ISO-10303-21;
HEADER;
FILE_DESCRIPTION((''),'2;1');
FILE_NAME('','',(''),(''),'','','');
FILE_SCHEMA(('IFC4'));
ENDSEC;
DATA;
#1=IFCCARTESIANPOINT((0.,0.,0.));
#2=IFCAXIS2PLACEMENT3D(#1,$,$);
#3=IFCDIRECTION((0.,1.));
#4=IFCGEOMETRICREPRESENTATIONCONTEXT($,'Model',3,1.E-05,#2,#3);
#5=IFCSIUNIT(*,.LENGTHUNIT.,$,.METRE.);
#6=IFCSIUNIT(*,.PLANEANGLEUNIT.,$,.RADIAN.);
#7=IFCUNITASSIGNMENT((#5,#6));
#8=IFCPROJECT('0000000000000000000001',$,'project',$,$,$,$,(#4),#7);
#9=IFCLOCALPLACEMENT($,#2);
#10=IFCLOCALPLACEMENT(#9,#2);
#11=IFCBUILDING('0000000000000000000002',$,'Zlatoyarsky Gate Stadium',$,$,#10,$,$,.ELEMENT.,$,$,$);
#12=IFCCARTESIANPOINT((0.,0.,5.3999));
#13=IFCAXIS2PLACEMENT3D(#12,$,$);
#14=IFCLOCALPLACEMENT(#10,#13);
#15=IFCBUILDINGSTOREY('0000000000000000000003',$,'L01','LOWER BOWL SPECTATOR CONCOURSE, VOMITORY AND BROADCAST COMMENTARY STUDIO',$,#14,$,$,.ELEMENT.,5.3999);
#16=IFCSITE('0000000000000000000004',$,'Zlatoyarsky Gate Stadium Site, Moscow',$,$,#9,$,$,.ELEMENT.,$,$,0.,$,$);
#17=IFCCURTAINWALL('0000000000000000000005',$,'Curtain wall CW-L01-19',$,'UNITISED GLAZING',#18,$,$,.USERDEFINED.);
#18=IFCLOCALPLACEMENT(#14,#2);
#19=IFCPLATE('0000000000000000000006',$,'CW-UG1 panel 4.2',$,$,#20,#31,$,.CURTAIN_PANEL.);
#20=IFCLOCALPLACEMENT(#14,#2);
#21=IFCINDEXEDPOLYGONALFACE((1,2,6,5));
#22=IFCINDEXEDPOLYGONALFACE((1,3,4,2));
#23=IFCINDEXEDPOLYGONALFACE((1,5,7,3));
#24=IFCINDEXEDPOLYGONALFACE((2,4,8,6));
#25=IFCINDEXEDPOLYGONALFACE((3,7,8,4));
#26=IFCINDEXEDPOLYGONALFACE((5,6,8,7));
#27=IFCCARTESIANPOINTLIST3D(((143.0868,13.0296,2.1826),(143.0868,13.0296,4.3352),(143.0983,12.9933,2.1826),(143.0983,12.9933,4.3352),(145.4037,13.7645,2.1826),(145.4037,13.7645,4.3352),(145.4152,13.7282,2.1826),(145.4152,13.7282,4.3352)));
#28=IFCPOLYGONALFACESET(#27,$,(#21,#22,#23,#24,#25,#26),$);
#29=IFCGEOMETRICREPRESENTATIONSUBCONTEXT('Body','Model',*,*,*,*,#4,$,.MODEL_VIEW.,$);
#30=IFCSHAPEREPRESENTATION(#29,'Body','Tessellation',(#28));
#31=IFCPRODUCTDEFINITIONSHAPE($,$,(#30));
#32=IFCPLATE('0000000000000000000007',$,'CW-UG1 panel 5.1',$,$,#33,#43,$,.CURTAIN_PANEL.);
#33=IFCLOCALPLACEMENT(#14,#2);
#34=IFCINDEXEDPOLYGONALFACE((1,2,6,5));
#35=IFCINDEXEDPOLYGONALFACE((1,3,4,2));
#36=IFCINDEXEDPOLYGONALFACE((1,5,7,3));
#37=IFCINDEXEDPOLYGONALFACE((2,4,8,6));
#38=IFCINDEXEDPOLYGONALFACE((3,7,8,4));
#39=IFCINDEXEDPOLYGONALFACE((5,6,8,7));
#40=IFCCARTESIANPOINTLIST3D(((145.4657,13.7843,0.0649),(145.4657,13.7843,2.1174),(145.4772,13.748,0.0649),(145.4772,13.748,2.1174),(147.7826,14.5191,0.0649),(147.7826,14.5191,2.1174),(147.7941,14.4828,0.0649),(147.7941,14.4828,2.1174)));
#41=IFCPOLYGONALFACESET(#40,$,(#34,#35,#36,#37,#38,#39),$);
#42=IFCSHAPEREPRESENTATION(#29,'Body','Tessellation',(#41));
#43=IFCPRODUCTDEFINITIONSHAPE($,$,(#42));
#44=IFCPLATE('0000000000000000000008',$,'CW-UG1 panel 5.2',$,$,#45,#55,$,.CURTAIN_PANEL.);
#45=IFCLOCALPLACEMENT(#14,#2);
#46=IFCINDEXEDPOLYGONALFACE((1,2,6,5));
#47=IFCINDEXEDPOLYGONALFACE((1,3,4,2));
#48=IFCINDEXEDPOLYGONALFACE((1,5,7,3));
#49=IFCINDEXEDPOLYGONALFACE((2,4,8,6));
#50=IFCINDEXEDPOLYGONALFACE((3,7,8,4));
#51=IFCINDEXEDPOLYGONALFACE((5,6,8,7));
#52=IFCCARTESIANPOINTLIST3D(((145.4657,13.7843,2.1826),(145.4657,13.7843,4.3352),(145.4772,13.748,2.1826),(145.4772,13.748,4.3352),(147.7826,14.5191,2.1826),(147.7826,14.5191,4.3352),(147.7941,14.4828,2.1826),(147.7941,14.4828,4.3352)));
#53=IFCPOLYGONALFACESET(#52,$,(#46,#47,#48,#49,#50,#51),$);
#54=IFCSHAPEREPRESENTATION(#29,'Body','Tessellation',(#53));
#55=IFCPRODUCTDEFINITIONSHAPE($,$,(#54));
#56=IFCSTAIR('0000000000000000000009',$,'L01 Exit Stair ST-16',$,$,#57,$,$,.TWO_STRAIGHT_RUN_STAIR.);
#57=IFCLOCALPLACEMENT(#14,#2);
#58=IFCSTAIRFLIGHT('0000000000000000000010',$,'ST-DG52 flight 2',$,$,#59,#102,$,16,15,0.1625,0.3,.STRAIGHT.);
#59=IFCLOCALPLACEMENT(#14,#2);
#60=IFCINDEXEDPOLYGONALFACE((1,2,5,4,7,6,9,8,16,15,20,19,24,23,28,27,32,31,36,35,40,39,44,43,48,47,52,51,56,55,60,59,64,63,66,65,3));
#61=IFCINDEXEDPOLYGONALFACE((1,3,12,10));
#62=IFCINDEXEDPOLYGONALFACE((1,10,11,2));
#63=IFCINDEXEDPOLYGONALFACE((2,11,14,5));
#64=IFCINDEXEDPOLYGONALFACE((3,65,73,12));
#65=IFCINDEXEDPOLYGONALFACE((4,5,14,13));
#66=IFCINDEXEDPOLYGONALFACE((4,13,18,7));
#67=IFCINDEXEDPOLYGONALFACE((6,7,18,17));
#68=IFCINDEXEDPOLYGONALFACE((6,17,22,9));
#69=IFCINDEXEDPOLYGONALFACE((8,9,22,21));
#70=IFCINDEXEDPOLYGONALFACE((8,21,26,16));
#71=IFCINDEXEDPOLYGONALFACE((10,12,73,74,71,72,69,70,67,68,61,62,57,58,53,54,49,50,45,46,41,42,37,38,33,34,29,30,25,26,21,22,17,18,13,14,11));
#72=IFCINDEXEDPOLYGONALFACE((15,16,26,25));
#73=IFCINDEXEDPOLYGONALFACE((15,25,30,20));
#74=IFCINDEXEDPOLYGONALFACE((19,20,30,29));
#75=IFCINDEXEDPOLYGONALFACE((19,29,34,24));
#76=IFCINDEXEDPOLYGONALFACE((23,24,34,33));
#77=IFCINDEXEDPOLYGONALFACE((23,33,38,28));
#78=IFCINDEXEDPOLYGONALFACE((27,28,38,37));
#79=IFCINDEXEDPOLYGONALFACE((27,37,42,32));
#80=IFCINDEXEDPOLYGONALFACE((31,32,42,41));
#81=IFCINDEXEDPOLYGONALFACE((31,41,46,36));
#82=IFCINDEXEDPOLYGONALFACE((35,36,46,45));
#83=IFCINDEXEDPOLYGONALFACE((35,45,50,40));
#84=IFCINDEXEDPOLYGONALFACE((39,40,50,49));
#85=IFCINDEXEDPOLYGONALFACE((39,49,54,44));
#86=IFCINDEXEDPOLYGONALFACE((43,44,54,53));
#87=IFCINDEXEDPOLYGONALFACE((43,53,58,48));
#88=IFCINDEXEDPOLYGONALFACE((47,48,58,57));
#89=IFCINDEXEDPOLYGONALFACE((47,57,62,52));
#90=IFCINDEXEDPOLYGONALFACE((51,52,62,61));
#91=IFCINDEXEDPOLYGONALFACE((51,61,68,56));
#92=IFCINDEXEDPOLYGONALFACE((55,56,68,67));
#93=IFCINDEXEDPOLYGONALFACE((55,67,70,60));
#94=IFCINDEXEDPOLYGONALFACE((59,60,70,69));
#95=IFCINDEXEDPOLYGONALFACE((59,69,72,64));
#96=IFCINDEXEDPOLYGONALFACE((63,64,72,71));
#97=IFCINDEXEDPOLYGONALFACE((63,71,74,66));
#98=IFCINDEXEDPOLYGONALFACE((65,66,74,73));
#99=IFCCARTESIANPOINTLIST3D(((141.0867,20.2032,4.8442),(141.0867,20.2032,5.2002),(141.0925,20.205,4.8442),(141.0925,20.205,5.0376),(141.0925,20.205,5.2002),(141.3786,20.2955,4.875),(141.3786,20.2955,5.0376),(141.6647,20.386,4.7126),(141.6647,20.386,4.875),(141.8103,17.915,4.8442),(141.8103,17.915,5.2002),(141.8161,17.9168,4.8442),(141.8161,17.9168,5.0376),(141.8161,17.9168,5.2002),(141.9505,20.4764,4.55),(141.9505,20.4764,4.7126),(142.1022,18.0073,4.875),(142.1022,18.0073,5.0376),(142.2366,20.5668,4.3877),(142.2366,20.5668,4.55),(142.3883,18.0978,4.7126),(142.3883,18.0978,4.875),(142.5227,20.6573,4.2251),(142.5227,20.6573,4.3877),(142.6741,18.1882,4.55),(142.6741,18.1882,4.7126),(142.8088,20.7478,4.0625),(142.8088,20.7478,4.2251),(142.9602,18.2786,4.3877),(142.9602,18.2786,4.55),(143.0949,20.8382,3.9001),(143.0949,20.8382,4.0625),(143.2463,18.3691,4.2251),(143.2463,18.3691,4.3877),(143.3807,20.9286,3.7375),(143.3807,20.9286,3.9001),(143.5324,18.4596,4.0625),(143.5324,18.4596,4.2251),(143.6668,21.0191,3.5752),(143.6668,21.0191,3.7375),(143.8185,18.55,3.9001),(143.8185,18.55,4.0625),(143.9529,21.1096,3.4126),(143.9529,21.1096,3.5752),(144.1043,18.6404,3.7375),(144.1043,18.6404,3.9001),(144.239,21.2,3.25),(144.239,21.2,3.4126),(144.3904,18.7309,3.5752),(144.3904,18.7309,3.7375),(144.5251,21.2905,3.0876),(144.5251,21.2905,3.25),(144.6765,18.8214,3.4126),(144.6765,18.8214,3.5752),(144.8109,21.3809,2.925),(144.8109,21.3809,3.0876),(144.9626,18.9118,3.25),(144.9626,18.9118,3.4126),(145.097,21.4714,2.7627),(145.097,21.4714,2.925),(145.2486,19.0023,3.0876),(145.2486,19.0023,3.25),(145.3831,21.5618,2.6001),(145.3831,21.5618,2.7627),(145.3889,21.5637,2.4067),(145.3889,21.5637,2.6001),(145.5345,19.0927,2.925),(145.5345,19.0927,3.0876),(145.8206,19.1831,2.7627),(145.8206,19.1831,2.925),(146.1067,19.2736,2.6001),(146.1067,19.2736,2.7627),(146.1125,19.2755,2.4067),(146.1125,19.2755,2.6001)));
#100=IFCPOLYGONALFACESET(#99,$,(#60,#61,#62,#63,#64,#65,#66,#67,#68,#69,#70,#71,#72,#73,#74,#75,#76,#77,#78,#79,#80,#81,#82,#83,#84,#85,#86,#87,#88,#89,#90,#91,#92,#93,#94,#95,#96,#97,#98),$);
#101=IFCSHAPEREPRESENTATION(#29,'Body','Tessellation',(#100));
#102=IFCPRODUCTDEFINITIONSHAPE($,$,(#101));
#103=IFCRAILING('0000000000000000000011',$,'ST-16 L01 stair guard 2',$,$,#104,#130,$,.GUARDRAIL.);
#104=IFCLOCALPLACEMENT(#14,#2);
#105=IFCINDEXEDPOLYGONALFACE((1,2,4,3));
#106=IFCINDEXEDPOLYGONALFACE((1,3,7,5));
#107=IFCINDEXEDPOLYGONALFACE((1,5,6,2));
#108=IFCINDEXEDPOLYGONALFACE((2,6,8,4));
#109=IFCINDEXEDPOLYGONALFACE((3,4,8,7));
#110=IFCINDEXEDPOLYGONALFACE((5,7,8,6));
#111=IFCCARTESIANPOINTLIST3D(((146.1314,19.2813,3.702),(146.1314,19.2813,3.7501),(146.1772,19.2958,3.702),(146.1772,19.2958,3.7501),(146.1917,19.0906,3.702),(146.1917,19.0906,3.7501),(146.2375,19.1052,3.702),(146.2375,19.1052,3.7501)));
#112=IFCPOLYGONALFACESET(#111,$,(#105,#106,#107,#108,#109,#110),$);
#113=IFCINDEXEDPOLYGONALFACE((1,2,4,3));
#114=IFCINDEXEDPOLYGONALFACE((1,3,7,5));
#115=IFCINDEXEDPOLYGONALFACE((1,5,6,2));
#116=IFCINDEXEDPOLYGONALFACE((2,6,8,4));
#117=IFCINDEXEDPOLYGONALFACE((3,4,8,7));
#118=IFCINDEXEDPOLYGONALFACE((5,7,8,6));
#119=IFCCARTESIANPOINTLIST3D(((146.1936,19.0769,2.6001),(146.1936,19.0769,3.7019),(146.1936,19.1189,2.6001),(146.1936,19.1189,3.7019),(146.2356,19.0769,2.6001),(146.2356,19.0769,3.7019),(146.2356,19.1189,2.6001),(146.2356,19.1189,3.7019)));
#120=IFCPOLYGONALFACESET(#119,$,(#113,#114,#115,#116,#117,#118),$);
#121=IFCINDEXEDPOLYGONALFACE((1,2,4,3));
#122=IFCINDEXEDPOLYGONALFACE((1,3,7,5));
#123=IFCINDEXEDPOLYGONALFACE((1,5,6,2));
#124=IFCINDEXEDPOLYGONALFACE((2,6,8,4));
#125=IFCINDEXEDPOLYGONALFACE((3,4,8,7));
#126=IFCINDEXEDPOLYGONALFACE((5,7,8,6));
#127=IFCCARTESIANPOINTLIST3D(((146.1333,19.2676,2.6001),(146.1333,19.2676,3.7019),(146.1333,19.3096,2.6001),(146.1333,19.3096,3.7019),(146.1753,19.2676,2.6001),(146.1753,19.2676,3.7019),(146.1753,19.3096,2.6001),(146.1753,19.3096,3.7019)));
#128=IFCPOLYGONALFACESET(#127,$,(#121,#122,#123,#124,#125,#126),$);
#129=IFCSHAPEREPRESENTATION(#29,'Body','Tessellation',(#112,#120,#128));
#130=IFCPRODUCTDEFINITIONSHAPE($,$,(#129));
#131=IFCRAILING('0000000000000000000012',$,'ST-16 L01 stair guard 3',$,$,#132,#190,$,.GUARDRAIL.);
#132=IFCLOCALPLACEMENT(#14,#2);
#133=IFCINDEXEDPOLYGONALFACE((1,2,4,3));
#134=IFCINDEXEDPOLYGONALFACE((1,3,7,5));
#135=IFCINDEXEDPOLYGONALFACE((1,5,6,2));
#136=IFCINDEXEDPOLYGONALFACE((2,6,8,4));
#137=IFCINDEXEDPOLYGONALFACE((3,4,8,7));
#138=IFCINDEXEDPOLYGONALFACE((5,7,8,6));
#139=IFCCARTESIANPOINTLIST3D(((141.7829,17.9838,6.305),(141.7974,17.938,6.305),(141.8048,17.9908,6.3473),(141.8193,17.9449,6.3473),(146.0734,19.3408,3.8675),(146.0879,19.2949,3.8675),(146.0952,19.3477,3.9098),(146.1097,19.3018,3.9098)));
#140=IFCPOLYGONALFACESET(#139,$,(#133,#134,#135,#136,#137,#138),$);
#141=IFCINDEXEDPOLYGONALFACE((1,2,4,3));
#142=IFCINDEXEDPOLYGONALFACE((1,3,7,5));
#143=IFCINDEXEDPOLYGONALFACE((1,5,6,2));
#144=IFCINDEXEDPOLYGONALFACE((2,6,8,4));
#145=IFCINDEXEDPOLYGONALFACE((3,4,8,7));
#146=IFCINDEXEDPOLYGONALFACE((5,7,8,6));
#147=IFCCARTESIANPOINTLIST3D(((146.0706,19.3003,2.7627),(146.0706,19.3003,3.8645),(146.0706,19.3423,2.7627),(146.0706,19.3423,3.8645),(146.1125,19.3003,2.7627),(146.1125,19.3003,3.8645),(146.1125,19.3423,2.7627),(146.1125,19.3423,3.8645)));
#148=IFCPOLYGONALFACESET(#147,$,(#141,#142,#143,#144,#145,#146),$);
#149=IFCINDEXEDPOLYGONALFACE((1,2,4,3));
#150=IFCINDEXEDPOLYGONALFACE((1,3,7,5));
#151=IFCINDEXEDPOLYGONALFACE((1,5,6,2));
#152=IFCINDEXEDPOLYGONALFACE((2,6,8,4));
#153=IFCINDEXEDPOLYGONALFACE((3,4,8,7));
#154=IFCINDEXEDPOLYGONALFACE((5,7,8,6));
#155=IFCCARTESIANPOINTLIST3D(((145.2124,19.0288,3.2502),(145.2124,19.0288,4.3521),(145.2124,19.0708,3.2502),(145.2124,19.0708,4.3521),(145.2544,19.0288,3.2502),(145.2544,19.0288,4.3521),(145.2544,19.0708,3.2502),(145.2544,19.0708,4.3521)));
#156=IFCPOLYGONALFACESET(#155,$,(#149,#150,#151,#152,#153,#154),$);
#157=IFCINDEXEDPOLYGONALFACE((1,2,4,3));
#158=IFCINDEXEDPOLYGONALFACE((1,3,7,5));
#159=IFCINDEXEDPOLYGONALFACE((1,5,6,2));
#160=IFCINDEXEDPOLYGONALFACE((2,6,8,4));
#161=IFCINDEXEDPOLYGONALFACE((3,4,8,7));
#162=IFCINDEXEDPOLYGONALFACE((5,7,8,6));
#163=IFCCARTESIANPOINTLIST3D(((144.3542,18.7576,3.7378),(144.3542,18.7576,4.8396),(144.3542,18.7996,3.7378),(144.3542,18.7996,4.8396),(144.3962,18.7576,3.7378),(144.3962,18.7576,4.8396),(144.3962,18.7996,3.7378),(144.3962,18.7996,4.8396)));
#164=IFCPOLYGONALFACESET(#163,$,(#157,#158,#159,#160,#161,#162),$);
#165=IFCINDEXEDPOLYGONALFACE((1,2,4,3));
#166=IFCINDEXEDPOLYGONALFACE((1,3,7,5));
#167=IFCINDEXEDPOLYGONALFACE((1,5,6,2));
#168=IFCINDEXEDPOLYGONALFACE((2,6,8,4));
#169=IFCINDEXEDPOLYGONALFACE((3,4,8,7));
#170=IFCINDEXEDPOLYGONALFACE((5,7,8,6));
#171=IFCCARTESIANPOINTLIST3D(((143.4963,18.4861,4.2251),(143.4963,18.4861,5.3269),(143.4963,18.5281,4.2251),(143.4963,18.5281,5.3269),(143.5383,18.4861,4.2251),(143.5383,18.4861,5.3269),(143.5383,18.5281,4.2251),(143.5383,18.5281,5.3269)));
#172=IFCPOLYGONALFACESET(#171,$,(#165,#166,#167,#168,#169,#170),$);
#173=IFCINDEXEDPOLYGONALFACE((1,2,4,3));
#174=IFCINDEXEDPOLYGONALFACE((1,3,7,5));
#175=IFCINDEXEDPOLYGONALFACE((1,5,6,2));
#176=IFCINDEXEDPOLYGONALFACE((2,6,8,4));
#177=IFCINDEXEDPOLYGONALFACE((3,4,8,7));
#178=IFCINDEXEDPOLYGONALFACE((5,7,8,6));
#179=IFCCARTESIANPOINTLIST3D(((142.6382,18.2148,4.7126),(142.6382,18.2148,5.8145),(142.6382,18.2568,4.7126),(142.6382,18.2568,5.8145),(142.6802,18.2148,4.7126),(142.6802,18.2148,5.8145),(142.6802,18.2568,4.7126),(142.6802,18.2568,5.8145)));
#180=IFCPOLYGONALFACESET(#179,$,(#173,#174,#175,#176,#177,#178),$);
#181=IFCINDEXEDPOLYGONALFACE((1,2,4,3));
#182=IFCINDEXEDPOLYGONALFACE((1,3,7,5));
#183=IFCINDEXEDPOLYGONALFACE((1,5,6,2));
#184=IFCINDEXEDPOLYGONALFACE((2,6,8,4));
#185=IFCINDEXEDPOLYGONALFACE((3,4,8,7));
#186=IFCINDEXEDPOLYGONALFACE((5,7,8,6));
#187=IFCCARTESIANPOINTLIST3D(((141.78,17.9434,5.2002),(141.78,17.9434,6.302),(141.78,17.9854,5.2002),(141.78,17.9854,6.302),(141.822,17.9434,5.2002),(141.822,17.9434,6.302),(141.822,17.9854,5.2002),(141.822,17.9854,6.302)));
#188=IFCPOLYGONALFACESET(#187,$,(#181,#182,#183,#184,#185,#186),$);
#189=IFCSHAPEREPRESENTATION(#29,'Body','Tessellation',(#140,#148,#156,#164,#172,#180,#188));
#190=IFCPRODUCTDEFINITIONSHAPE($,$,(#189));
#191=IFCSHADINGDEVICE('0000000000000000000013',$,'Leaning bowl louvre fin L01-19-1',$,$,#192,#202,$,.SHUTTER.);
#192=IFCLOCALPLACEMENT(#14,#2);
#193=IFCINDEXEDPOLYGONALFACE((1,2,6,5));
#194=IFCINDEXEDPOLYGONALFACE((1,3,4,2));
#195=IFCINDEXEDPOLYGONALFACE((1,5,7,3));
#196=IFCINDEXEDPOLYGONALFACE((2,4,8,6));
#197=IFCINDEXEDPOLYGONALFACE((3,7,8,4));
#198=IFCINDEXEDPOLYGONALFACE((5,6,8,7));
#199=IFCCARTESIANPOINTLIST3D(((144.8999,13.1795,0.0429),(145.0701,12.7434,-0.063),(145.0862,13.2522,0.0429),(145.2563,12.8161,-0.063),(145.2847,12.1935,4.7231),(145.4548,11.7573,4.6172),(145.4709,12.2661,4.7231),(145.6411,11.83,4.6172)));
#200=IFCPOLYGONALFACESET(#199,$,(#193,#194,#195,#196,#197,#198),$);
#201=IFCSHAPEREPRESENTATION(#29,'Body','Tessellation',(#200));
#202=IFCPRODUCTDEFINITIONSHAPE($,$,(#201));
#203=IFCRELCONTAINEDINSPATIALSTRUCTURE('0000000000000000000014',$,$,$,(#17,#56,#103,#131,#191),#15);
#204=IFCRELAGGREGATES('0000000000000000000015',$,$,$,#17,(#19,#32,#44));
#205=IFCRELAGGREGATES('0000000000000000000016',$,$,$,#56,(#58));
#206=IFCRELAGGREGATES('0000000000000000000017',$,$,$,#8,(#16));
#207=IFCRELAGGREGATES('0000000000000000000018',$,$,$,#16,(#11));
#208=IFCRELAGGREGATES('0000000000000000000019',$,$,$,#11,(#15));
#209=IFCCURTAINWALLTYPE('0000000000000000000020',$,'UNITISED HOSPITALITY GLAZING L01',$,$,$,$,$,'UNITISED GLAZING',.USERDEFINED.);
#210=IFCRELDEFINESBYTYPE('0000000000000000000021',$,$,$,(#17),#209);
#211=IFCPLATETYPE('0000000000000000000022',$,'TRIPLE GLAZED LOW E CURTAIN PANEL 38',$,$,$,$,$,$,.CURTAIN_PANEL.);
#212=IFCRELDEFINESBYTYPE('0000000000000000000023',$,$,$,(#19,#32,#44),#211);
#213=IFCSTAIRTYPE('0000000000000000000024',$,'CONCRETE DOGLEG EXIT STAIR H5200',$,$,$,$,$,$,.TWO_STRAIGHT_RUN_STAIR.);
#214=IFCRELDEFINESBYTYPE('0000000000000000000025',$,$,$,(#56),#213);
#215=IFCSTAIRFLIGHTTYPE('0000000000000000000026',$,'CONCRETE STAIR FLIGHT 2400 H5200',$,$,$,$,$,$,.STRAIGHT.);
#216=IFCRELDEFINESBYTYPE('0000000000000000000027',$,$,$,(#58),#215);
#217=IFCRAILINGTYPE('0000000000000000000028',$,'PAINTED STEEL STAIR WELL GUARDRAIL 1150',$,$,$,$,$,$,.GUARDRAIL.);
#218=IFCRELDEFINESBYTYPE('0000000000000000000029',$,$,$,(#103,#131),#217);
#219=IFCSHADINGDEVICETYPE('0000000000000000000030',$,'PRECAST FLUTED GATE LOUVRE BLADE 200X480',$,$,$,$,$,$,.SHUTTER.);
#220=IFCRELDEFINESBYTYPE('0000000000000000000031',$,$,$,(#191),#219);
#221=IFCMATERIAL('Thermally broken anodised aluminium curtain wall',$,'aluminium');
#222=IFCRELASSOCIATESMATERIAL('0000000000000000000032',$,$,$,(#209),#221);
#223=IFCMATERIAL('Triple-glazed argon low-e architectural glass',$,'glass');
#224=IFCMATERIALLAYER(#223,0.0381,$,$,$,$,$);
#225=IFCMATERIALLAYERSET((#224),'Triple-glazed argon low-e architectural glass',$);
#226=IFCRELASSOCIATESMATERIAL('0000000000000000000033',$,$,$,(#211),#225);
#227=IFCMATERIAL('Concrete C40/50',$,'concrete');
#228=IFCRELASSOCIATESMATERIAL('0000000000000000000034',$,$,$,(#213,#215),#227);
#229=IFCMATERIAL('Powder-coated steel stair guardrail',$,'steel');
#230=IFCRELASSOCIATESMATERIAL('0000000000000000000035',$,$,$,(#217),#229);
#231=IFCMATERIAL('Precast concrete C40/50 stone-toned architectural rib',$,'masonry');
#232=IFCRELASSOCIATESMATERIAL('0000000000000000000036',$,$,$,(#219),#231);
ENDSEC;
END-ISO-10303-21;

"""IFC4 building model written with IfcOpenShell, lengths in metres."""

from ifc_helpers import new_model, si_unit, direction, frame, origin, origin_2d, place, context, subcontext, project, spatial, polyline, rectangle, outline, extrude, material, layer, layer_set, material_profile, profile_set, type_object, element, aggregate, save


model = new_model("IFC4")

# Units and contexts
model_context = context("Model", 3, precision=1e-05, world=origin(), true_north=direction((0.0, 1.0)))
body_context = subcontext(model_context, "Body", "Model", "MODEL_VIEW")
ifc_project = project(units=[si_unit("LENGTHUNIT", "METRE"), si_unit("PLANEANGLEUNIT", "RADIAN")], contexts=[model_context])

# Site, building, storey
site_placement = place(None, origin())
site = spatial("IfcSite", under=ifc_project, at=site_placement, Name="Zlatoyarsky Gate Stadium Site, Moscow", CompositionType="ELEMENT", RefElevation=0.0)
building_placement = place(site_placement, origin())
building = spatial("IfcBuilding", under=site, at=building_placement, Name="Zlatoyarsky Gate Stadium", CompositionType="ELEMENT")
storey_placement = place(building_placement, frame((0.0, 0.0, 5.3999)))
storey = spatial("IfcBuildingStorey", under=building, at=storey_placement, Name="L01", Description="LOWER BOWL SPECTATOR CONCOURSE, VOMITORY AND BROADCAST COMMENTARY STUDIO", CompositionType="ELEMENT", Elevation=5.3999)

# Curtain wall
ifc_material_1 = material(Name="Thermally broken anodised aluminium curtain wall", Category="aluminium")
curtain_wall_type = type_object("IfcCurtainWallType", Name="UNITISED HOSPITALITY GLAZING L01", ElementType="UNITISED GLAZING", PredefinedType="USERDEFINED", material=ifc_material_1)
curtain_wall_placement = place(storey_placement, origin())
curtain_wall = element("IfcCurtainWall", 1, at=curtain_wall_placement, inside=storey, type_object=curtain_wall_type, Name="Curtain wall CW-L01-19", ObjectType="UNITISED GLAZING", PredefinedType="USERDEFINED")

# Plates
ifc_material_2 = material(Name="Triple-glazed argon low-e architectural glass", Category="glass")
ifc_layer_1 = layer(ifc_material_2, 0.0381)
ifc_layer_set_1 = layer_set([ifc_layer_1], Name="Triple-glazed argon low-e architectural glass")
plate_type_1 = type_object("IfcPlateType", Name="TRIPLE GLAZED LOW E CURTAIN PANEL 38", PredefinedType="CURTAIN_PANEL", material=ifc_layer_set_1)
plate_1_placement = place(storey_placement, frame((144.251, 13.3789, 2.1826), z_axis=(0.0, 0.0, 1.0), x_axis=(0.953202, 0.302334, 0.0)))
plate_1 = element("IfcPlate", 2, at=plate_1_placement, type_object=plate_type_1, Name="CW-UG1 panel 4.2", PredefinedType="CURTAIN_PANEL", context=body_context, shape_type="SweptSolid", body=[
    extrude(rectangle(XDim=2.4307, YDim=0.0381, at=origin_2d()), origin(), (0.0, 0.0, 1.0), 2.1526),
])
plate_2_placement = place(storey_placement, frame((146.6299, 14.1335, 0.0649), z_axis=(0.0, 0.0, 1.0), x_axis=(0.953202, 0.302334, 0.0)))
plate_2 = element("IfcPlate", 3, at=plate_2_placement, type_object=plate_type_1, Name="CW-UG1 panel 5.1", PredefinedType="CURTAIN_PANEL", context=body_context, shape_type="SweptSolid", body=[
    extrude(rectangle(XDim=2.4307, YDim=0.0381, at=origin_2d()), origin(), (0.0, 0.0, 1.0), 2.0525),
])
plate_3_placement = place(storey_placement, frame((146.6299, 14.1335, 2.1826), z_axis=(0.0, 0.0, 1.0), x_axis=(0.953202, 0.302334, 0.0)))
plate_3 = element("IfcPlate", 4, at=plate_3_placement, type_object=plate_type_1, Name="CW-UG1 panel 5.2", PredefinedType="CURTAIN_PANEL", context=body_context, shape_type="SweptSolid", body=[
    extrude(rectangle(XDim=2.4307, YDim=0.0381, at=origin_2d()), origin(), (0.0, 0.0, 1.0), 2.1526),
])
aggregate(curtain_wall, [plate_1, plate_2, plate_3])

# Stair, stair flight
ifc_material_3 = material(Name="Concrete C40/50", Category="concrete")
stair_type = type_object("IfcStairType", Name="CONCRETE DOGLEG EXIT STAIR H5200", PredefinedType="TWO_STRAIGHT_RUN_STAIR", material=ifc_material_3)
stair_placement = place(storey_placement, origin())
stair = element("IfcStair", 5, at=stair_placement, inside=storey, type_object=stair_type, Name="L01 Exit Stair ST-16", PredefinedType="TWO_STRAIGHT_RUN_STAIR")
stair_flight_type = type_object("IfcStairFlightType", Name="CONCRETE STAIR FLIGHT 2400 H5200", PredefinedType="STRAIGHT", material=ifc_material_3)
stair_flight_placement = place(storey_placement, frame((145.7449, 20.4177, 2.6001), z_axis=(0.0, 0.0, 1.0), x_axis=(-0.953463, -0.30151, 0.0)))
stair_flight = element("IfcStairFlight", 6, at=stair_flight_placement, type_object=stair_flight_type, Name="ST-DG52 flight 2", NumberOfRisers=16, NumberOfTreads=15, PredefinedType="STRAIGHT", RiserHeight=0.1625, TreadLength=0.3, context=body_context, shape_type="SweptSolid", body=[
    extrude(outline(polyline([(-0.0061, -0.1934), (-0.0061, 0.0), (0.0, 0.0), (0.0, 0.1626), (0.3, 0.1626), (0.3, 0.325), (0.6001, 0.325), (0.6001, 0.4875), (0.8999, 0.4875), (0.8999, 0.6499), (1.2, 0.6499), (1.2, 0.8125), (1.5, 0.8125), (1.5, 0.9751), (1.8, 0.9751), (1.8, 1.1375), (2.1001, 1.1375), (2.1001, 1.3), (2.3999, 1.3), (2.3999, 1.4624), (2.7, 1.4624), (2.7, 1.625), (3.0, 1.625), (3.0, 1.7876), (3.3, 1.7876), (3.3, 1.95), (3.6001, 1.95), (3.6001, 2.1125), (3.8999, 2.1125), (3.8999, 2.2749), (4.2, 2.2749), (4.2, 2.4375), (4.5, 2.4375), (4.5, 2.6001), (4.5061, 2.6001), (4.5061, 2.2441), (4.5, 2.2441), (-0.0061, -0.1934)])), frame((0.0, 1.2, 0.0), z_axis=(0.0, -1.0, 0.0), x_axis=(1.0, 0.0, 0.0)), (0.0, 0.0, 1.0), 2.3999),
])
aggregate(stair, [stair_flight])

# Railings
ifc_material_4 = material(Name="Powder-coated steel stair guardrail", Category="steel")
railing_type_1 = type_object("IfcRailingType", Name="PAINTED STEEL STAIR WELL GUARDRAIL 1150", PredefinedType="GUARDRAIL", material=ifc_material_4)
railing_1_placement = place(storey_placement, frame((146.2146, 19.0979, 2.6001)))
element("IfcRailing", 7, at=railing_1_placement, inside=storey, type_object=railing_type_1, Name="ST-16 L01 stair guard 2", PredefinedType="GUARDRAIL", context=body_context, shape_type="SweptSolid", body=[
    extrude(rectangle(XDim=0.0481, YDim=0.0481, at=origin_2d()), frame((0.0, 0.0, 1.126), z_axis=(-0.30154, 0.953453, 0.0), x_axis=(-0.953453, -0.30154, 0.0)), (0.0, 0.0, 1.0), 0.2),
    extrude(rectangle(XDim=0.042, YDim=0.042, at=origin_2d()), origin(), (0.0, 0.0, 1.0), 1.1018),
    extrude(rectangle(XDim=0.042, YDim=0.042, at=origin_2d()), frame((-0.0603, 0.1907, 0.0)), (0.0, 0.0, 1.0), 1.1018),
])
railing_2_placement = place(storey_placement, frame((146.0916, 19.3213, 2.7627)))
element("IfcRailing", 8, at=railing_2_placement, inside=storey, type_object=railing_type_1, Name="ST-16 L01 stair guard 3", PredefinedType="GUARDRAIL", context=body_context, shape_type="SweptSolid", body=[
    extrude(rectangle(XDim=0.0481, YDim=0.0481, at=origin_2d()), frame((0.0, 0.0, 1.126), z_axis=(-0.838363, -0.265143, 0.476284), x_axis=(0.301542, -0.953453, 0.0)), (0.0, 0.0, 1.0), 5.1177),
    extrude(rectangle(XDim=0.042, YDim=0.042, at=origin_2d()), origin(), (0.0, 0.0, 1.0), 1.1018),
    extrude(rectangle(XDim=0.042, YDim=0.042, at=origin_2d()), frame((-0.8582, -0.2715, 0.4875)), (0.0, 0.0, 1.0), 1.1018),
    extrude(rectangle(XDim=0.042, YDim=0.042, at=origin_2d()), frame((-1.7163, -0.5427, 0.9751)), (0.0, 0.0, 1.0), 1.1018),
    extrude(rectangle(XDim=0.042, YDim=0.042, at=origin_2d()), frame((-2.5742, -0.8142, 1.4624)), (0.0, 0.0, 1.0), 1.1018),
    extrude(rectangle(XDim=0.042, YDim=0.042, at=origin_2d()), frame((-3.4324, -1.0854, 1.95)), (0.0, 0.0, 1.0), 1.1018),
    extrude(rectangle(XDim=0.042, YDim=0.042, at=origin_2d()), frame((-4.2905, -1.3569, 2.4375)), (0.0, 0.0, 1.0), 1.1018),
])

# Shading device
ifc_material_5 = material(Name="Precast concrete C40/50 stone-toned architectural rib", Category="masonry")
ifc_material_profile_1 = material_profile(ifc_material_5, rectangle(XDim=0.2, YDim=0.48, at=origin_2d()), Name="RIB 200X480")
ifc_profile_set_1 = profile_set([ifc_material_profile_1], Name="Precast concrete C40/50 stone-toned architectural rib")
shading_device_type = type_object("IfcShadingDeviceType", Name="PRECAST FLUTED GATE LOUVRE BLADE 200X480", PredefinedType="SHUTTER", material=ifc_profile_set_1)
for number, where, z_axis, x_axis, name in (
    (9, (145.0781, 12.9978, -0.01), (0.080187, -0.205504, 0.975366), (0.931593, 0.363503, 0.0), "Leaning bowl louvre fin L01-19-1"),
):
    element("IfcShadingDevice", number, at=place(storey_placement, frame(where, z_axis=z_axis, x_axis=x_axis)), inside=storey, type_object=shading_device_type, Name=name, PredefinedType="SHUTTER", context=body_context, shape_type="SweptSolid", body=[
        extrude(rectangle(XDim=0.2, YDim=0.48, at=origin_2d()), origin(), (0.0, 0.0, 1.0), 4.7983),
    ])

save(model, "model.ifc")
